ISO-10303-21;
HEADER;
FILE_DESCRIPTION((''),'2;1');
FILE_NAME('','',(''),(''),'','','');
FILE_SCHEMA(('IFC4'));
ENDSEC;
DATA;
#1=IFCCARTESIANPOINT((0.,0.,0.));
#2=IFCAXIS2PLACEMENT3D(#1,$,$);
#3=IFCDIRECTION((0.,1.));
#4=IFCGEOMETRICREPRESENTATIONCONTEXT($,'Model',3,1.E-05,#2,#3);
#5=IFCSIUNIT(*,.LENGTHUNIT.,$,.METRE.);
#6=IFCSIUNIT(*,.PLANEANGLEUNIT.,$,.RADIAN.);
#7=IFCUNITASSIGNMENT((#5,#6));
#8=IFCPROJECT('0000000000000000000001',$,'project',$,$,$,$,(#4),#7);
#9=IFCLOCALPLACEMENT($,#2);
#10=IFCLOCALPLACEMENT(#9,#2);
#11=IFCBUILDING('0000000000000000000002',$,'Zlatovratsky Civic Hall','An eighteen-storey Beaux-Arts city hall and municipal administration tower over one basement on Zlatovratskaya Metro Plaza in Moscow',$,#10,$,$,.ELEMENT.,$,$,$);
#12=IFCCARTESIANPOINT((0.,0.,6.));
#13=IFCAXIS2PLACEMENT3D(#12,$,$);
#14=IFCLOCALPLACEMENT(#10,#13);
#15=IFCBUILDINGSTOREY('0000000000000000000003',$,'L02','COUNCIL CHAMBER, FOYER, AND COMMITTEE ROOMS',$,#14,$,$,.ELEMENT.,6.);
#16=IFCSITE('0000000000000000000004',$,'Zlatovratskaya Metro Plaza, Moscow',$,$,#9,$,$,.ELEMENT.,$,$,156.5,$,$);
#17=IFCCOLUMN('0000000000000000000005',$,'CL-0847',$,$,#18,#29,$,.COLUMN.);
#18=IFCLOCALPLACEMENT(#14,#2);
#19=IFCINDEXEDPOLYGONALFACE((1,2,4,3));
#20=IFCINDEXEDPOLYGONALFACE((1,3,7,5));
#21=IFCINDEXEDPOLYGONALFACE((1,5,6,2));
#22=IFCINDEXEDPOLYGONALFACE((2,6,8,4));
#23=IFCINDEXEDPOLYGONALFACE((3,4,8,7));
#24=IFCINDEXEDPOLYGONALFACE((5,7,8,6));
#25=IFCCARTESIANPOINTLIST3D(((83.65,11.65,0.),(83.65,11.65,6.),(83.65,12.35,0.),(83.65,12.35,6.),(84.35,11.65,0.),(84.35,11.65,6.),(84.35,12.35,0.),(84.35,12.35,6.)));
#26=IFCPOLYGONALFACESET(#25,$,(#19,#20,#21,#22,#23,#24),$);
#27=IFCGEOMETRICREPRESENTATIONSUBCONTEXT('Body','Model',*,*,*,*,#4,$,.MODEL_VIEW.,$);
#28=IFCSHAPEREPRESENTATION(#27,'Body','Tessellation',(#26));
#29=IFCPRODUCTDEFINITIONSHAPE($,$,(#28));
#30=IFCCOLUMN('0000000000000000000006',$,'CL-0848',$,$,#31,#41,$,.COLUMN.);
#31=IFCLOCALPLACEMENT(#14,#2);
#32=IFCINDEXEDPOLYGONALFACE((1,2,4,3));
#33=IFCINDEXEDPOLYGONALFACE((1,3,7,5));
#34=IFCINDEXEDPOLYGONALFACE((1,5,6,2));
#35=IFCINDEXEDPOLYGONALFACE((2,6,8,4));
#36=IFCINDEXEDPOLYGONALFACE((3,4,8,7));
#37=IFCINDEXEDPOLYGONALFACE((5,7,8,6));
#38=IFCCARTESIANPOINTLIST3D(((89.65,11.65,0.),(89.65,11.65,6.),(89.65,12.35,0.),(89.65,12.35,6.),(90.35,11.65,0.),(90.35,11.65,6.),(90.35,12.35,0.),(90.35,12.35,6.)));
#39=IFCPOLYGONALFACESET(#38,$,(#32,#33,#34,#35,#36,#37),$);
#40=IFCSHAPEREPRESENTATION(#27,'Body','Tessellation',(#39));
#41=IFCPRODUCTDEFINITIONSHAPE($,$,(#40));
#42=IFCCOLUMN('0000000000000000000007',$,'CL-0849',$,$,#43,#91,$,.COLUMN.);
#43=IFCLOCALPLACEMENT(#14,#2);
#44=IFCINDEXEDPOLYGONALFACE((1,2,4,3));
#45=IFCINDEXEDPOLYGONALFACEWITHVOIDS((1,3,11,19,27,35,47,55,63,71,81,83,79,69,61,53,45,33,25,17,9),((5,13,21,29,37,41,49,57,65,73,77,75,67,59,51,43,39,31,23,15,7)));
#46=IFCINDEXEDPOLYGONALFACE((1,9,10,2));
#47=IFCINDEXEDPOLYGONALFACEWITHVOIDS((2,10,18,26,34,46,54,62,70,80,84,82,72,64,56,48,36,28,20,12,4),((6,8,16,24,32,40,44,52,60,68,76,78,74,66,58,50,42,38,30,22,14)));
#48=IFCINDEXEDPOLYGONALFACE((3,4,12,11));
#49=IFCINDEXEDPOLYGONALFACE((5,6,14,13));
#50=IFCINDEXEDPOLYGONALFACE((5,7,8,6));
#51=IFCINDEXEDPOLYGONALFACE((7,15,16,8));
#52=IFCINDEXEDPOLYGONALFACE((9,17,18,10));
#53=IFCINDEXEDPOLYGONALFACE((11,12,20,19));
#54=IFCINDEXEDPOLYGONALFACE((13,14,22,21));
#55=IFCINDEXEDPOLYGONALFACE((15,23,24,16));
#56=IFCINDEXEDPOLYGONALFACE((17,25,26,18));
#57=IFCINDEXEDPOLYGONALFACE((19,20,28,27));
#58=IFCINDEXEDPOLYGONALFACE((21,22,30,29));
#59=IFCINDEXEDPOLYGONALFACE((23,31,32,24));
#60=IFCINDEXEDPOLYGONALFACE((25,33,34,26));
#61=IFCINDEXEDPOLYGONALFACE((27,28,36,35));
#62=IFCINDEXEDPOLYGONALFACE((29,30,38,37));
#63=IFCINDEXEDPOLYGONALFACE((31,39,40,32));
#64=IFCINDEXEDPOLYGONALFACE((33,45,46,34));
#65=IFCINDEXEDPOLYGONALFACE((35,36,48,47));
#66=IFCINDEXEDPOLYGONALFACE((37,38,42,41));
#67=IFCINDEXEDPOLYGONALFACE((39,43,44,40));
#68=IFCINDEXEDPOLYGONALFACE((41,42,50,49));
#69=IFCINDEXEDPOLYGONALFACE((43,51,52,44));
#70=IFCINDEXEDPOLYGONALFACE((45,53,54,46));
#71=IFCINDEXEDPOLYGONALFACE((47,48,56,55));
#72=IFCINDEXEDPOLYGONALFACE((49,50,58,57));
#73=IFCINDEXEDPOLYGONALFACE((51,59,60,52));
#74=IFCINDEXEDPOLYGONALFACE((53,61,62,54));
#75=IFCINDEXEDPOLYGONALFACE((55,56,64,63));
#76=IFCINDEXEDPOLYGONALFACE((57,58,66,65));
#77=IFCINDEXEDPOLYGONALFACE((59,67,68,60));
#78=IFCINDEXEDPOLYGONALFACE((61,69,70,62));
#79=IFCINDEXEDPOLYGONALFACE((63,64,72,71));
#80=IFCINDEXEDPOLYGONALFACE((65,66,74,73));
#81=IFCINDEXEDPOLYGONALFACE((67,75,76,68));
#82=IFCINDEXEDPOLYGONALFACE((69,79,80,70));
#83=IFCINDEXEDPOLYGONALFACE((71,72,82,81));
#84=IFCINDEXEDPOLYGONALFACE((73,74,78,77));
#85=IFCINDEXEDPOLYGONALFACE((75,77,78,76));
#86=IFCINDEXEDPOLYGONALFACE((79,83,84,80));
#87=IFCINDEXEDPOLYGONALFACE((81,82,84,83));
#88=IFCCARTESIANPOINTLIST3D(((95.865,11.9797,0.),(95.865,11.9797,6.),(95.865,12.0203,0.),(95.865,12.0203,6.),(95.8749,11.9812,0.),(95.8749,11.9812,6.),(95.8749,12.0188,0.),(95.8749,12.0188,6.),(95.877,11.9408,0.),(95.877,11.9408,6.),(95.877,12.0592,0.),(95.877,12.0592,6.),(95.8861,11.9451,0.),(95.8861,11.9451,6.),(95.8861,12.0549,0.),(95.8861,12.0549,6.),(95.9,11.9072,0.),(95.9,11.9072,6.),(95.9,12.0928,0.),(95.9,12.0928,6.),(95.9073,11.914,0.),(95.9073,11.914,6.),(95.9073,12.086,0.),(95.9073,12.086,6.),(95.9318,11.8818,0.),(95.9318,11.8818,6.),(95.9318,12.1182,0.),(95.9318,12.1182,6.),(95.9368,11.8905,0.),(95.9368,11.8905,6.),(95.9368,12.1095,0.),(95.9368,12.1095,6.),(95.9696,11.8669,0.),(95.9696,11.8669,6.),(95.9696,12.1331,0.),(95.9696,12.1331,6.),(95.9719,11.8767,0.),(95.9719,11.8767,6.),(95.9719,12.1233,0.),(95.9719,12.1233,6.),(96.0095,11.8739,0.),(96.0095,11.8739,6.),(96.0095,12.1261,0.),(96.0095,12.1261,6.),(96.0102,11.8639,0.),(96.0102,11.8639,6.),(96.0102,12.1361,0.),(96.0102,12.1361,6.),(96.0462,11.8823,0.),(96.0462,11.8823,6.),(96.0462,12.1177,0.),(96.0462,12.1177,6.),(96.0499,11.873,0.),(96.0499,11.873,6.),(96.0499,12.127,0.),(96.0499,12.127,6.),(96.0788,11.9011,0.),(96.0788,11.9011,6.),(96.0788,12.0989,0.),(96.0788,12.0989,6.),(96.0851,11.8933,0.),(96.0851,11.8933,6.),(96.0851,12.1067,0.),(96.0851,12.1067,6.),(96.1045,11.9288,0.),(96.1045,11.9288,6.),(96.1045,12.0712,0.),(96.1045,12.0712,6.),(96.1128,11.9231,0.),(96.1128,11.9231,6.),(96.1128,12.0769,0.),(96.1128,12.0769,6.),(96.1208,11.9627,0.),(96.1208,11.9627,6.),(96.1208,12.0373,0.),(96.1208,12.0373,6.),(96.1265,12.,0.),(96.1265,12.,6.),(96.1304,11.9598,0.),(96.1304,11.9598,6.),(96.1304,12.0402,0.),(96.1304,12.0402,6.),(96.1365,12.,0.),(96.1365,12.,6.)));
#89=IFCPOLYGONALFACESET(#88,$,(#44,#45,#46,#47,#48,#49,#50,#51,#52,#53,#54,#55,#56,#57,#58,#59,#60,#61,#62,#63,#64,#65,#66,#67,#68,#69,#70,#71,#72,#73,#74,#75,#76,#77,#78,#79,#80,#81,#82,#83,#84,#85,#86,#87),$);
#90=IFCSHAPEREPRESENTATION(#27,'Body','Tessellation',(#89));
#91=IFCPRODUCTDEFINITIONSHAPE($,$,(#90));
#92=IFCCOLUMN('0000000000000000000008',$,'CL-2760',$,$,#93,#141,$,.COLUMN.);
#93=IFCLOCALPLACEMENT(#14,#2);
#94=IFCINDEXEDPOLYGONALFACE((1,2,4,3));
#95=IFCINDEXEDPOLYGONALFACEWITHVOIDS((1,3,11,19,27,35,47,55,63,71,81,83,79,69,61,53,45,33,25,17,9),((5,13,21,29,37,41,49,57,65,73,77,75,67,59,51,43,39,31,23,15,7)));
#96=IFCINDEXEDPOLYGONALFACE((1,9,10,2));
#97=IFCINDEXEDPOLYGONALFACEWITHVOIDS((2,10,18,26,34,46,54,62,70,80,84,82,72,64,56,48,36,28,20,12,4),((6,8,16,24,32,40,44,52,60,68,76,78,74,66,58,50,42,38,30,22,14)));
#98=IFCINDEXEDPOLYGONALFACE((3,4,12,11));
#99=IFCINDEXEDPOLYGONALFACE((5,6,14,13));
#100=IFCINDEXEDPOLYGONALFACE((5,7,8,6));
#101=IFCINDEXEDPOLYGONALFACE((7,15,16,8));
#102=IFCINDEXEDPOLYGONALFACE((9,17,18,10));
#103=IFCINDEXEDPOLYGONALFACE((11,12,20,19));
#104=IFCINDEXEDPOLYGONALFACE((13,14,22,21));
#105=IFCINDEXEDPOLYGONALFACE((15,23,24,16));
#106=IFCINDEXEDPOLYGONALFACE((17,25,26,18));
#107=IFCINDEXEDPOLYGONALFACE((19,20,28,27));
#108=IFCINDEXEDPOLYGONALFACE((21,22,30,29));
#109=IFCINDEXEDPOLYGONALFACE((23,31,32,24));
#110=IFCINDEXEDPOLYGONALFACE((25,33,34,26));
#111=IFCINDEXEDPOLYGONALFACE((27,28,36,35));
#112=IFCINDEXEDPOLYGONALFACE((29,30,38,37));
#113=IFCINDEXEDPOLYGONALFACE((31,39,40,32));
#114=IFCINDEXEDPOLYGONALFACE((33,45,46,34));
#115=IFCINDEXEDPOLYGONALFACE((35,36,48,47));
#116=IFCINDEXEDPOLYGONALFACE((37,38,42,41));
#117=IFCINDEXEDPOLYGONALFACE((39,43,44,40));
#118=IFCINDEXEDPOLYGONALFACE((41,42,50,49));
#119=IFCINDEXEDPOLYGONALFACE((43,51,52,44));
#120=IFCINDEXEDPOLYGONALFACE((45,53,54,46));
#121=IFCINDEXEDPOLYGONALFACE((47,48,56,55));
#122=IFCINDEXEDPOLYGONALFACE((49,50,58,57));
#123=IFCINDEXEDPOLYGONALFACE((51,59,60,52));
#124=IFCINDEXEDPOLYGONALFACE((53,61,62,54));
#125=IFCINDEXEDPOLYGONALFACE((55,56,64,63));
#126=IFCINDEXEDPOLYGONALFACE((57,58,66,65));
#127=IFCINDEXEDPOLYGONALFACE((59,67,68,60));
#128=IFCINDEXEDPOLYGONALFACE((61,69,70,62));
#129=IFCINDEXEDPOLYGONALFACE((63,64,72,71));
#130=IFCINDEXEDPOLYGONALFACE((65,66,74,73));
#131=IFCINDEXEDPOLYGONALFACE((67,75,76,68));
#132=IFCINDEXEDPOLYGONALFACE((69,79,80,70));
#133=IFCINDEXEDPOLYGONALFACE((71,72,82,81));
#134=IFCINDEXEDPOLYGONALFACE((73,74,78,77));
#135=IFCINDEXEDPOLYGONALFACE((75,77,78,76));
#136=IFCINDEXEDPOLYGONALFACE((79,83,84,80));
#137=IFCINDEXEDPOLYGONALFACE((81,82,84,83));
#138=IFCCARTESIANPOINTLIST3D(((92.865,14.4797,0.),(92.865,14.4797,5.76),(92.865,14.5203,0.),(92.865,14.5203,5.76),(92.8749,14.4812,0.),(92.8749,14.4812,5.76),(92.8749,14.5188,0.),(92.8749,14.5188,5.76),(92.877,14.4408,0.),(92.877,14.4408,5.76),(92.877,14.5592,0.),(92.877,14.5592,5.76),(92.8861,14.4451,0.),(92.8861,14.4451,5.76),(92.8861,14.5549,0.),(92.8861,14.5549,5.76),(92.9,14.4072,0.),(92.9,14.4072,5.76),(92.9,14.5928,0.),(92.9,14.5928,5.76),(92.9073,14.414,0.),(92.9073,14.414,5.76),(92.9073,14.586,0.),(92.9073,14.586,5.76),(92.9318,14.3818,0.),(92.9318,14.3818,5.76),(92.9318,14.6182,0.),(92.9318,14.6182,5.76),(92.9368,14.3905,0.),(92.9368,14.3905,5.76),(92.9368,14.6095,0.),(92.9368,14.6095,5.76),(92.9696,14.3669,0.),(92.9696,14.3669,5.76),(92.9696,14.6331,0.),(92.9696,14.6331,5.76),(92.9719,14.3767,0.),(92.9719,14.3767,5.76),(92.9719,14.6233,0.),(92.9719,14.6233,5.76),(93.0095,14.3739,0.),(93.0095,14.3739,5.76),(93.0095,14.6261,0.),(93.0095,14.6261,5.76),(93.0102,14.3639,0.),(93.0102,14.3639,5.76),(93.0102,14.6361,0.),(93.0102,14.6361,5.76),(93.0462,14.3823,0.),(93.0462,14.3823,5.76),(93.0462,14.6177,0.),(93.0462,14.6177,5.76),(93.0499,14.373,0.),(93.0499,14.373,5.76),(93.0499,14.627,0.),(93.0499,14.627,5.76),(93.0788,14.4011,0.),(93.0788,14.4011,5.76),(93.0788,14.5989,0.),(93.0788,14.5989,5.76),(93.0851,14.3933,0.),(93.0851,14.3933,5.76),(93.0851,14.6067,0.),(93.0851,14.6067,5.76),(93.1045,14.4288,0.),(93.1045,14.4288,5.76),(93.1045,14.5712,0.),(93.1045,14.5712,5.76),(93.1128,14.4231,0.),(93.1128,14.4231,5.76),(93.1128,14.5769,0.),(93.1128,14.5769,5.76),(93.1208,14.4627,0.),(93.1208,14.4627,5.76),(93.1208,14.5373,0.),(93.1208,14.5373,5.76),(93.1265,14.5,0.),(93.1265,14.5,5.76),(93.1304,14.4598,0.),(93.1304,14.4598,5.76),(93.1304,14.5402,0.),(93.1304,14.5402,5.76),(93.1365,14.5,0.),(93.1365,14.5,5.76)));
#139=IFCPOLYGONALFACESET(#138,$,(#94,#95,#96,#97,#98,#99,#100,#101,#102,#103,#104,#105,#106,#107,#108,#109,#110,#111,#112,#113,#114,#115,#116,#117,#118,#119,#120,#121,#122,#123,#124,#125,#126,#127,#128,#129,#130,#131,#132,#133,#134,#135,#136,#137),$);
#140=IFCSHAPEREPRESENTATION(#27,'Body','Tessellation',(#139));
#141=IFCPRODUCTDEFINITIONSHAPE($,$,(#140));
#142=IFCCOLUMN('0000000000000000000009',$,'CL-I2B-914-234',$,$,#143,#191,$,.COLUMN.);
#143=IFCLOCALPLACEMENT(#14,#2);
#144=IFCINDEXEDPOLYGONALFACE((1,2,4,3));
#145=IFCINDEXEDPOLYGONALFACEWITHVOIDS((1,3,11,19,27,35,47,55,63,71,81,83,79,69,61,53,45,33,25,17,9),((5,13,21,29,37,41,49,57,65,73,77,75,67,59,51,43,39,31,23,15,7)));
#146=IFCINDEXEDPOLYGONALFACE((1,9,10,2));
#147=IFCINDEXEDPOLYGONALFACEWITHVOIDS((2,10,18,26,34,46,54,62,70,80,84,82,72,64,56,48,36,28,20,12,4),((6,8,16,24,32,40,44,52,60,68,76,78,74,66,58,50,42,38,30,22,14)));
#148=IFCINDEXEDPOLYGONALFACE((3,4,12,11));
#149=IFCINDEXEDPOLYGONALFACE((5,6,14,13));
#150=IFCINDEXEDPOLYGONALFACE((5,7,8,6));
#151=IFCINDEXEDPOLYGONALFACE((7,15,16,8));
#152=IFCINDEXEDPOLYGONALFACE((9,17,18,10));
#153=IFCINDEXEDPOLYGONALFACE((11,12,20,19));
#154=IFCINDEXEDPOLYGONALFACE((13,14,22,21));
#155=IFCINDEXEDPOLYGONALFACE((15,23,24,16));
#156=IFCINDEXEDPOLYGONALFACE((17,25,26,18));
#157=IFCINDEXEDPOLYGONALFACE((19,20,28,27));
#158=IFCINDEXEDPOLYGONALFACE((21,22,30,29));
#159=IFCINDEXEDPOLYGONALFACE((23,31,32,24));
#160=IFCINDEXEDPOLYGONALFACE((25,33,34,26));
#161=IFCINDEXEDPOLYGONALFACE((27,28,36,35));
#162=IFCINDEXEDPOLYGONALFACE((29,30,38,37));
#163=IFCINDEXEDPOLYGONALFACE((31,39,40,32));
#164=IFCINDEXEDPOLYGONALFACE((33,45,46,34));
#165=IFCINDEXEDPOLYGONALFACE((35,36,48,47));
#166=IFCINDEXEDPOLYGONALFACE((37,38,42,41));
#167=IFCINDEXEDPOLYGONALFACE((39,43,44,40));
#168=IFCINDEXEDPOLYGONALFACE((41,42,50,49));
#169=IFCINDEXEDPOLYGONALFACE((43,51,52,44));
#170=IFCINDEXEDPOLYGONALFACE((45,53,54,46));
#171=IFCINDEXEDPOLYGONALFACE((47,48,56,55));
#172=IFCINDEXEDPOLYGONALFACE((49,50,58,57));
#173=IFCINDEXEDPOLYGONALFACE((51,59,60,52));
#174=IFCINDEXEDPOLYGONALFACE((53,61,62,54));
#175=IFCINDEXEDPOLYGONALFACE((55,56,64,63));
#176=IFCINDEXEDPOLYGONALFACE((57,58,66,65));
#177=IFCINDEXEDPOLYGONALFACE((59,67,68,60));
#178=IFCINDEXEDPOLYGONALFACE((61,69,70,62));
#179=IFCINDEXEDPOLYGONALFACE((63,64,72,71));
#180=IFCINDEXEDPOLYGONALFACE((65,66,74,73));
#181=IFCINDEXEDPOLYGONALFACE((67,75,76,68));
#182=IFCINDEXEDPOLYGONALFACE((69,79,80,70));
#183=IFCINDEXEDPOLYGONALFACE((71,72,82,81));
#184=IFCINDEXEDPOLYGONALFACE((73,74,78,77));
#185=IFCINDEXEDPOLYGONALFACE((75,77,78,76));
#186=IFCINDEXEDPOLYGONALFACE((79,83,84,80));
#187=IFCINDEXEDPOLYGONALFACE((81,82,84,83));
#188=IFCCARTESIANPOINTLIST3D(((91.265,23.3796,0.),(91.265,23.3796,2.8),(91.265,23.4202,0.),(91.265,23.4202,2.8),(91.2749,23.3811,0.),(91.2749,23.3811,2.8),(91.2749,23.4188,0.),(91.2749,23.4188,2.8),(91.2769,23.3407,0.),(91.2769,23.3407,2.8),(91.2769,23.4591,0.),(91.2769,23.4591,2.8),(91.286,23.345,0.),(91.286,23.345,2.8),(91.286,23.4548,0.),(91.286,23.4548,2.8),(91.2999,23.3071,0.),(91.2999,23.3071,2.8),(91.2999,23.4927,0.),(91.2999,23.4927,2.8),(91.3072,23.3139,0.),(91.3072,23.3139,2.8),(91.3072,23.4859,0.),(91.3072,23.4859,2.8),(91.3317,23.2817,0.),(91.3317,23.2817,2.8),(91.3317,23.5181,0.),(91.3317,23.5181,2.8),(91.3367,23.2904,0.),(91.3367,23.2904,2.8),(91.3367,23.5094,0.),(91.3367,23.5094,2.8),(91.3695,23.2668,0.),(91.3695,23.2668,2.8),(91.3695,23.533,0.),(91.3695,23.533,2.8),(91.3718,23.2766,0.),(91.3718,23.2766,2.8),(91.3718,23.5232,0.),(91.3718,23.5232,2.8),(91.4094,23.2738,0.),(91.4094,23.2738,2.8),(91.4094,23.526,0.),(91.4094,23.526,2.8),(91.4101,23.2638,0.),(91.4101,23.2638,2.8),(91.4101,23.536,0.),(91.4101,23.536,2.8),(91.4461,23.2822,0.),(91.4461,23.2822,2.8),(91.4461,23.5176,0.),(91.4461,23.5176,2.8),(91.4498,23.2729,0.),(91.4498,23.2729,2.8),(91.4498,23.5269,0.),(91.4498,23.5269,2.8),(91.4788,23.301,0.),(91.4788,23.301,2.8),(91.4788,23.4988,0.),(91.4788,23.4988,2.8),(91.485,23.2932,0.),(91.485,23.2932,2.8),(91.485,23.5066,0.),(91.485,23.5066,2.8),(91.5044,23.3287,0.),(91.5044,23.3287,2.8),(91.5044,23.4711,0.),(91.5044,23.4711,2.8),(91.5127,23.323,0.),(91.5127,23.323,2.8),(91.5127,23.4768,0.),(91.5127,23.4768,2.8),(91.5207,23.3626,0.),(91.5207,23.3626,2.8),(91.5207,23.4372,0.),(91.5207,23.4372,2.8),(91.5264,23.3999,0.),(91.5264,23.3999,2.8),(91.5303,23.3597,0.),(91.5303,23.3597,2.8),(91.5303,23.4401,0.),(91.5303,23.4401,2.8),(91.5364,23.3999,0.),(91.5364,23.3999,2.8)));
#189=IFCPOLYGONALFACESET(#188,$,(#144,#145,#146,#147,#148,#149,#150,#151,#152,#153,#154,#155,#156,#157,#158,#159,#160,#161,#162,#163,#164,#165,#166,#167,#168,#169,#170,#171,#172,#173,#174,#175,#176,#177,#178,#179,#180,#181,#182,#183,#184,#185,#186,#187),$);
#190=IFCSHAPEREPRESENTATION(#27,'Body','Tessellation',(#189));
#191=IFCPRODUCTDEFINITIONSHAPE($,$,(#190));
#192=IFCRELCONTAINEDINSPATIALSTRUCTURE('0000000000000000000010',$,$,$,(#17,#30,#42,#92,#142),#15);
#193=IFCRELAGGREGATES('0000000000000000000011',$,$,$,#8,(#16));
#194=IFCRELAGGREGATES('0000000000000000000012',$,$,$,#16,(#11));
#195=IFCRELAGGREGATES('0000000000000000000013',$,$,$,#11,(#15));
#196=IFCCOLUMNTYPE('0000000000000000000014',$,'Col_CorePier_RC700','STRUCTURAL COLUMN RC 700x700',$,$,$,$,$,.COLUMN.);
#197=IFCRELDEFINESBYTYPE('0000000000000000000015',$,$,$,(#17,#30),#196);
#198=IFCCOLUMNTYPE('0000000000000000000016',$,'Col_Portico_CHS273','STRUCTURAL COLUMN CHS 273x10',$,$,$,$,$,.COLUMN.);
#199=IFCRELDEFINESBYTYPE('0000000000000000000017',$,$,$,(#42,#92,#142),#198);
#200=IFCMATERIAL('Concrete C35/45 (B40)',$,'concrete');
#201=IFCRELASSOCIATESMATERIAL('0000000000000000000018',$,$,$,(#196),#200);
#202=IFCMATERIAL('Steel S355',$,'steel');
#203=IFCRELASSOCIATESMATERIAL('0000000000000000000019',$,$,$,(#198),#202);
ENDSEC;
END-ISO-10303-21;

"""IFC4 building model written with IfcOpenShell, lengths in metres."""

from ifc_helpers import new_model, si_unit, direction, frame, origin, origin_2d, place, context, subcontext, project, spatial, rectangle, hollow_circle, extrude, material, material_profile, profile_set, type_object, element, save


model = new_model("IFC4")

# Units and contexts
model_context = context("Model", 3, precision=1e-05, world=origin(), true_north=direction((0.0, 1.0)))
body_context = subcontext(model_context, "Body", "Model", "MODEL_VIEW")
ifc_project = project(units=[si_unit("LENGTHUNIT", "METRE"), si_unit("PLANEANGLEUNIT", "RADIAN")], contexts=[model_context])

# Site, building, storey
site_placement = place(None, origin())
site = spatial("IfcSite", under=ifc_project, at=site_placement, Name="Zlatovratskaya Metro Plaza, Moscow", CompositionType="ELEMENT", RefElevation=156.5)
building_placement = place(site_placement, origin())
building = spatial("IfcBuilding", under=site, at=building_placement, Name="Zlatovratsky Civic Hall", Description="An eighteen-storey Beaux-Arts city hall and municipal administration tower over one basement on Zlatovratskaya Metro Plaza in Moscow", CompositionType="ELEMENT")
storey_placement = place(building_placement, frame((0.0, 0.0, 6.0)))
storey = spatial("IfcBuildingStorey", under=building, at=storey_placement, Name="L02", Description="COUNCIL CHAMBER, FOYER, AND COMMITTEE ROOMS", CompositionType="ELEMENT", Elevation=6.0)

# Columns
ifc_material_1 = material(Name="Concrete C35/45 (B40)", Category="concrete")
ifc_material_profile_1 = material_profile(ifc_material_1, rectangle(XDim=0.7, YDim=0.7, at=origin_2d()), Name="RC 700x700")
ifc_profile_set_1 = profile_set([ifc_material_profile_1], Name="Concrete C35/45 (B40)")
column_type_1 = type_object("IfcColumnType", Name="Col_CorePier_RC700", Description="STRUCTURAL COLUMN RC 700x700", PredefinedType="COLUMN", material=ifc_profile_set_1)
for number, where, z_axis, x_axis, name in (
    (1, (84.0, 12.0, 0.0), (0.0, 0.0, 1.0), (1.0, 0.0, 0.0), "CL-0847"),
    (2, (90.0, 12.0, 0.0), (0.0, 0.0, 1.0), (1.0, 0.0, 0.0), "CL-0848"),
):
    element("IfcColumn", number, at=place(storey_placement, frame(where, z_axis=z_axis, x_axis=x_axis)), inside=storey, type_object=column_type_1, Name=name, PredefinedType="COLUMN", context=body_context, shape_type="SweptSolid", body=[
        extrude(rectangle(XDim=0.7, YDim=0.7, at=origin_2d()), origin(), (0.0, 0.0, 1.0), 6.0),
    ])
ifc_material_2 = material(Name="Steel S355", Category="steel")
ifc_material_profile_2 = material_profile(ifc_material_2, hollow_circle(Radius=0.1365, WallThickness=0.01, at=origin_2d()), Name="CHS 273x10")
ifc_profile_set_2 = profile_set([ifc_material_profile_2], Name="Steel S355")
column_type_2 = type_object("IfcColumnType", Name="Col_Portico_CHS273", Description="STRUCTURAL COLUMN CHS 273x10", PredefinedType="COLUMN", material=ifc_profile_set_2)
column_1_placement = place(storey_placement, frame((96.0, 12.0, 0.0), z_axis=(0.0, 0.0, 1.0), x_axis=(1.0, 0.0, 0.0)))
element("IfcColumn", 3, at=column_1_placement, inside=storey, type_object=column_type_2, Name="CL-0849", PredefinedType="COLUMN", context=body_context, shape_type="SweptSolid", body=[
    extrude(hollow_circle(Radius=0.1365, WallThickness=0.01, at=origin_2d()), origin(), (0.0, 0.0, 1.0), 6.0),
])
column_2_placement = place(storey_placement, frame((93.0, 14.5, 0.0), z_axis=(0.0, 0.0, 1.0), x_axis=(1.0, 0.0, 0.0)))
element("IfcColumn", 4, at=column_2_placement, inside=storey, type_object=column_type_2, Name="CL-2760", PredefinedType="COLUMN", context=body_context, shape_type="SweptSolid", body=[
    extrude(hollow_circle(Radius=0.1365, WallThickness=0.01, at=origin_2d()), origin(), (0.0, 0.0, 1.0), 5.76),
])
for number, where, z_axis, x_axis, name in (
    (5, (91.3999, 23.3999, 0.0), (0.0, 0.0, 1.0), (1.0, 0.0, 0.0), "CL-I2B-914-234"),
):
    element("IfcColumn", number, at=place(storey_placement, frame(where, z_axis=z_axis, x_axis=x_axis)), inside=storey, type_object=column_type_2, Name=name, PredefinedType="COLUMN", context=body_context, shape_type="SweptSolid", body=[
        extrude(hollow_circle(Radius=0.1365, WallThickness=0.01, at=origin_2d()), origin(), (0.0, 0.0, 1.0), 2.8),
    ])

save(model, "model.ifc")
